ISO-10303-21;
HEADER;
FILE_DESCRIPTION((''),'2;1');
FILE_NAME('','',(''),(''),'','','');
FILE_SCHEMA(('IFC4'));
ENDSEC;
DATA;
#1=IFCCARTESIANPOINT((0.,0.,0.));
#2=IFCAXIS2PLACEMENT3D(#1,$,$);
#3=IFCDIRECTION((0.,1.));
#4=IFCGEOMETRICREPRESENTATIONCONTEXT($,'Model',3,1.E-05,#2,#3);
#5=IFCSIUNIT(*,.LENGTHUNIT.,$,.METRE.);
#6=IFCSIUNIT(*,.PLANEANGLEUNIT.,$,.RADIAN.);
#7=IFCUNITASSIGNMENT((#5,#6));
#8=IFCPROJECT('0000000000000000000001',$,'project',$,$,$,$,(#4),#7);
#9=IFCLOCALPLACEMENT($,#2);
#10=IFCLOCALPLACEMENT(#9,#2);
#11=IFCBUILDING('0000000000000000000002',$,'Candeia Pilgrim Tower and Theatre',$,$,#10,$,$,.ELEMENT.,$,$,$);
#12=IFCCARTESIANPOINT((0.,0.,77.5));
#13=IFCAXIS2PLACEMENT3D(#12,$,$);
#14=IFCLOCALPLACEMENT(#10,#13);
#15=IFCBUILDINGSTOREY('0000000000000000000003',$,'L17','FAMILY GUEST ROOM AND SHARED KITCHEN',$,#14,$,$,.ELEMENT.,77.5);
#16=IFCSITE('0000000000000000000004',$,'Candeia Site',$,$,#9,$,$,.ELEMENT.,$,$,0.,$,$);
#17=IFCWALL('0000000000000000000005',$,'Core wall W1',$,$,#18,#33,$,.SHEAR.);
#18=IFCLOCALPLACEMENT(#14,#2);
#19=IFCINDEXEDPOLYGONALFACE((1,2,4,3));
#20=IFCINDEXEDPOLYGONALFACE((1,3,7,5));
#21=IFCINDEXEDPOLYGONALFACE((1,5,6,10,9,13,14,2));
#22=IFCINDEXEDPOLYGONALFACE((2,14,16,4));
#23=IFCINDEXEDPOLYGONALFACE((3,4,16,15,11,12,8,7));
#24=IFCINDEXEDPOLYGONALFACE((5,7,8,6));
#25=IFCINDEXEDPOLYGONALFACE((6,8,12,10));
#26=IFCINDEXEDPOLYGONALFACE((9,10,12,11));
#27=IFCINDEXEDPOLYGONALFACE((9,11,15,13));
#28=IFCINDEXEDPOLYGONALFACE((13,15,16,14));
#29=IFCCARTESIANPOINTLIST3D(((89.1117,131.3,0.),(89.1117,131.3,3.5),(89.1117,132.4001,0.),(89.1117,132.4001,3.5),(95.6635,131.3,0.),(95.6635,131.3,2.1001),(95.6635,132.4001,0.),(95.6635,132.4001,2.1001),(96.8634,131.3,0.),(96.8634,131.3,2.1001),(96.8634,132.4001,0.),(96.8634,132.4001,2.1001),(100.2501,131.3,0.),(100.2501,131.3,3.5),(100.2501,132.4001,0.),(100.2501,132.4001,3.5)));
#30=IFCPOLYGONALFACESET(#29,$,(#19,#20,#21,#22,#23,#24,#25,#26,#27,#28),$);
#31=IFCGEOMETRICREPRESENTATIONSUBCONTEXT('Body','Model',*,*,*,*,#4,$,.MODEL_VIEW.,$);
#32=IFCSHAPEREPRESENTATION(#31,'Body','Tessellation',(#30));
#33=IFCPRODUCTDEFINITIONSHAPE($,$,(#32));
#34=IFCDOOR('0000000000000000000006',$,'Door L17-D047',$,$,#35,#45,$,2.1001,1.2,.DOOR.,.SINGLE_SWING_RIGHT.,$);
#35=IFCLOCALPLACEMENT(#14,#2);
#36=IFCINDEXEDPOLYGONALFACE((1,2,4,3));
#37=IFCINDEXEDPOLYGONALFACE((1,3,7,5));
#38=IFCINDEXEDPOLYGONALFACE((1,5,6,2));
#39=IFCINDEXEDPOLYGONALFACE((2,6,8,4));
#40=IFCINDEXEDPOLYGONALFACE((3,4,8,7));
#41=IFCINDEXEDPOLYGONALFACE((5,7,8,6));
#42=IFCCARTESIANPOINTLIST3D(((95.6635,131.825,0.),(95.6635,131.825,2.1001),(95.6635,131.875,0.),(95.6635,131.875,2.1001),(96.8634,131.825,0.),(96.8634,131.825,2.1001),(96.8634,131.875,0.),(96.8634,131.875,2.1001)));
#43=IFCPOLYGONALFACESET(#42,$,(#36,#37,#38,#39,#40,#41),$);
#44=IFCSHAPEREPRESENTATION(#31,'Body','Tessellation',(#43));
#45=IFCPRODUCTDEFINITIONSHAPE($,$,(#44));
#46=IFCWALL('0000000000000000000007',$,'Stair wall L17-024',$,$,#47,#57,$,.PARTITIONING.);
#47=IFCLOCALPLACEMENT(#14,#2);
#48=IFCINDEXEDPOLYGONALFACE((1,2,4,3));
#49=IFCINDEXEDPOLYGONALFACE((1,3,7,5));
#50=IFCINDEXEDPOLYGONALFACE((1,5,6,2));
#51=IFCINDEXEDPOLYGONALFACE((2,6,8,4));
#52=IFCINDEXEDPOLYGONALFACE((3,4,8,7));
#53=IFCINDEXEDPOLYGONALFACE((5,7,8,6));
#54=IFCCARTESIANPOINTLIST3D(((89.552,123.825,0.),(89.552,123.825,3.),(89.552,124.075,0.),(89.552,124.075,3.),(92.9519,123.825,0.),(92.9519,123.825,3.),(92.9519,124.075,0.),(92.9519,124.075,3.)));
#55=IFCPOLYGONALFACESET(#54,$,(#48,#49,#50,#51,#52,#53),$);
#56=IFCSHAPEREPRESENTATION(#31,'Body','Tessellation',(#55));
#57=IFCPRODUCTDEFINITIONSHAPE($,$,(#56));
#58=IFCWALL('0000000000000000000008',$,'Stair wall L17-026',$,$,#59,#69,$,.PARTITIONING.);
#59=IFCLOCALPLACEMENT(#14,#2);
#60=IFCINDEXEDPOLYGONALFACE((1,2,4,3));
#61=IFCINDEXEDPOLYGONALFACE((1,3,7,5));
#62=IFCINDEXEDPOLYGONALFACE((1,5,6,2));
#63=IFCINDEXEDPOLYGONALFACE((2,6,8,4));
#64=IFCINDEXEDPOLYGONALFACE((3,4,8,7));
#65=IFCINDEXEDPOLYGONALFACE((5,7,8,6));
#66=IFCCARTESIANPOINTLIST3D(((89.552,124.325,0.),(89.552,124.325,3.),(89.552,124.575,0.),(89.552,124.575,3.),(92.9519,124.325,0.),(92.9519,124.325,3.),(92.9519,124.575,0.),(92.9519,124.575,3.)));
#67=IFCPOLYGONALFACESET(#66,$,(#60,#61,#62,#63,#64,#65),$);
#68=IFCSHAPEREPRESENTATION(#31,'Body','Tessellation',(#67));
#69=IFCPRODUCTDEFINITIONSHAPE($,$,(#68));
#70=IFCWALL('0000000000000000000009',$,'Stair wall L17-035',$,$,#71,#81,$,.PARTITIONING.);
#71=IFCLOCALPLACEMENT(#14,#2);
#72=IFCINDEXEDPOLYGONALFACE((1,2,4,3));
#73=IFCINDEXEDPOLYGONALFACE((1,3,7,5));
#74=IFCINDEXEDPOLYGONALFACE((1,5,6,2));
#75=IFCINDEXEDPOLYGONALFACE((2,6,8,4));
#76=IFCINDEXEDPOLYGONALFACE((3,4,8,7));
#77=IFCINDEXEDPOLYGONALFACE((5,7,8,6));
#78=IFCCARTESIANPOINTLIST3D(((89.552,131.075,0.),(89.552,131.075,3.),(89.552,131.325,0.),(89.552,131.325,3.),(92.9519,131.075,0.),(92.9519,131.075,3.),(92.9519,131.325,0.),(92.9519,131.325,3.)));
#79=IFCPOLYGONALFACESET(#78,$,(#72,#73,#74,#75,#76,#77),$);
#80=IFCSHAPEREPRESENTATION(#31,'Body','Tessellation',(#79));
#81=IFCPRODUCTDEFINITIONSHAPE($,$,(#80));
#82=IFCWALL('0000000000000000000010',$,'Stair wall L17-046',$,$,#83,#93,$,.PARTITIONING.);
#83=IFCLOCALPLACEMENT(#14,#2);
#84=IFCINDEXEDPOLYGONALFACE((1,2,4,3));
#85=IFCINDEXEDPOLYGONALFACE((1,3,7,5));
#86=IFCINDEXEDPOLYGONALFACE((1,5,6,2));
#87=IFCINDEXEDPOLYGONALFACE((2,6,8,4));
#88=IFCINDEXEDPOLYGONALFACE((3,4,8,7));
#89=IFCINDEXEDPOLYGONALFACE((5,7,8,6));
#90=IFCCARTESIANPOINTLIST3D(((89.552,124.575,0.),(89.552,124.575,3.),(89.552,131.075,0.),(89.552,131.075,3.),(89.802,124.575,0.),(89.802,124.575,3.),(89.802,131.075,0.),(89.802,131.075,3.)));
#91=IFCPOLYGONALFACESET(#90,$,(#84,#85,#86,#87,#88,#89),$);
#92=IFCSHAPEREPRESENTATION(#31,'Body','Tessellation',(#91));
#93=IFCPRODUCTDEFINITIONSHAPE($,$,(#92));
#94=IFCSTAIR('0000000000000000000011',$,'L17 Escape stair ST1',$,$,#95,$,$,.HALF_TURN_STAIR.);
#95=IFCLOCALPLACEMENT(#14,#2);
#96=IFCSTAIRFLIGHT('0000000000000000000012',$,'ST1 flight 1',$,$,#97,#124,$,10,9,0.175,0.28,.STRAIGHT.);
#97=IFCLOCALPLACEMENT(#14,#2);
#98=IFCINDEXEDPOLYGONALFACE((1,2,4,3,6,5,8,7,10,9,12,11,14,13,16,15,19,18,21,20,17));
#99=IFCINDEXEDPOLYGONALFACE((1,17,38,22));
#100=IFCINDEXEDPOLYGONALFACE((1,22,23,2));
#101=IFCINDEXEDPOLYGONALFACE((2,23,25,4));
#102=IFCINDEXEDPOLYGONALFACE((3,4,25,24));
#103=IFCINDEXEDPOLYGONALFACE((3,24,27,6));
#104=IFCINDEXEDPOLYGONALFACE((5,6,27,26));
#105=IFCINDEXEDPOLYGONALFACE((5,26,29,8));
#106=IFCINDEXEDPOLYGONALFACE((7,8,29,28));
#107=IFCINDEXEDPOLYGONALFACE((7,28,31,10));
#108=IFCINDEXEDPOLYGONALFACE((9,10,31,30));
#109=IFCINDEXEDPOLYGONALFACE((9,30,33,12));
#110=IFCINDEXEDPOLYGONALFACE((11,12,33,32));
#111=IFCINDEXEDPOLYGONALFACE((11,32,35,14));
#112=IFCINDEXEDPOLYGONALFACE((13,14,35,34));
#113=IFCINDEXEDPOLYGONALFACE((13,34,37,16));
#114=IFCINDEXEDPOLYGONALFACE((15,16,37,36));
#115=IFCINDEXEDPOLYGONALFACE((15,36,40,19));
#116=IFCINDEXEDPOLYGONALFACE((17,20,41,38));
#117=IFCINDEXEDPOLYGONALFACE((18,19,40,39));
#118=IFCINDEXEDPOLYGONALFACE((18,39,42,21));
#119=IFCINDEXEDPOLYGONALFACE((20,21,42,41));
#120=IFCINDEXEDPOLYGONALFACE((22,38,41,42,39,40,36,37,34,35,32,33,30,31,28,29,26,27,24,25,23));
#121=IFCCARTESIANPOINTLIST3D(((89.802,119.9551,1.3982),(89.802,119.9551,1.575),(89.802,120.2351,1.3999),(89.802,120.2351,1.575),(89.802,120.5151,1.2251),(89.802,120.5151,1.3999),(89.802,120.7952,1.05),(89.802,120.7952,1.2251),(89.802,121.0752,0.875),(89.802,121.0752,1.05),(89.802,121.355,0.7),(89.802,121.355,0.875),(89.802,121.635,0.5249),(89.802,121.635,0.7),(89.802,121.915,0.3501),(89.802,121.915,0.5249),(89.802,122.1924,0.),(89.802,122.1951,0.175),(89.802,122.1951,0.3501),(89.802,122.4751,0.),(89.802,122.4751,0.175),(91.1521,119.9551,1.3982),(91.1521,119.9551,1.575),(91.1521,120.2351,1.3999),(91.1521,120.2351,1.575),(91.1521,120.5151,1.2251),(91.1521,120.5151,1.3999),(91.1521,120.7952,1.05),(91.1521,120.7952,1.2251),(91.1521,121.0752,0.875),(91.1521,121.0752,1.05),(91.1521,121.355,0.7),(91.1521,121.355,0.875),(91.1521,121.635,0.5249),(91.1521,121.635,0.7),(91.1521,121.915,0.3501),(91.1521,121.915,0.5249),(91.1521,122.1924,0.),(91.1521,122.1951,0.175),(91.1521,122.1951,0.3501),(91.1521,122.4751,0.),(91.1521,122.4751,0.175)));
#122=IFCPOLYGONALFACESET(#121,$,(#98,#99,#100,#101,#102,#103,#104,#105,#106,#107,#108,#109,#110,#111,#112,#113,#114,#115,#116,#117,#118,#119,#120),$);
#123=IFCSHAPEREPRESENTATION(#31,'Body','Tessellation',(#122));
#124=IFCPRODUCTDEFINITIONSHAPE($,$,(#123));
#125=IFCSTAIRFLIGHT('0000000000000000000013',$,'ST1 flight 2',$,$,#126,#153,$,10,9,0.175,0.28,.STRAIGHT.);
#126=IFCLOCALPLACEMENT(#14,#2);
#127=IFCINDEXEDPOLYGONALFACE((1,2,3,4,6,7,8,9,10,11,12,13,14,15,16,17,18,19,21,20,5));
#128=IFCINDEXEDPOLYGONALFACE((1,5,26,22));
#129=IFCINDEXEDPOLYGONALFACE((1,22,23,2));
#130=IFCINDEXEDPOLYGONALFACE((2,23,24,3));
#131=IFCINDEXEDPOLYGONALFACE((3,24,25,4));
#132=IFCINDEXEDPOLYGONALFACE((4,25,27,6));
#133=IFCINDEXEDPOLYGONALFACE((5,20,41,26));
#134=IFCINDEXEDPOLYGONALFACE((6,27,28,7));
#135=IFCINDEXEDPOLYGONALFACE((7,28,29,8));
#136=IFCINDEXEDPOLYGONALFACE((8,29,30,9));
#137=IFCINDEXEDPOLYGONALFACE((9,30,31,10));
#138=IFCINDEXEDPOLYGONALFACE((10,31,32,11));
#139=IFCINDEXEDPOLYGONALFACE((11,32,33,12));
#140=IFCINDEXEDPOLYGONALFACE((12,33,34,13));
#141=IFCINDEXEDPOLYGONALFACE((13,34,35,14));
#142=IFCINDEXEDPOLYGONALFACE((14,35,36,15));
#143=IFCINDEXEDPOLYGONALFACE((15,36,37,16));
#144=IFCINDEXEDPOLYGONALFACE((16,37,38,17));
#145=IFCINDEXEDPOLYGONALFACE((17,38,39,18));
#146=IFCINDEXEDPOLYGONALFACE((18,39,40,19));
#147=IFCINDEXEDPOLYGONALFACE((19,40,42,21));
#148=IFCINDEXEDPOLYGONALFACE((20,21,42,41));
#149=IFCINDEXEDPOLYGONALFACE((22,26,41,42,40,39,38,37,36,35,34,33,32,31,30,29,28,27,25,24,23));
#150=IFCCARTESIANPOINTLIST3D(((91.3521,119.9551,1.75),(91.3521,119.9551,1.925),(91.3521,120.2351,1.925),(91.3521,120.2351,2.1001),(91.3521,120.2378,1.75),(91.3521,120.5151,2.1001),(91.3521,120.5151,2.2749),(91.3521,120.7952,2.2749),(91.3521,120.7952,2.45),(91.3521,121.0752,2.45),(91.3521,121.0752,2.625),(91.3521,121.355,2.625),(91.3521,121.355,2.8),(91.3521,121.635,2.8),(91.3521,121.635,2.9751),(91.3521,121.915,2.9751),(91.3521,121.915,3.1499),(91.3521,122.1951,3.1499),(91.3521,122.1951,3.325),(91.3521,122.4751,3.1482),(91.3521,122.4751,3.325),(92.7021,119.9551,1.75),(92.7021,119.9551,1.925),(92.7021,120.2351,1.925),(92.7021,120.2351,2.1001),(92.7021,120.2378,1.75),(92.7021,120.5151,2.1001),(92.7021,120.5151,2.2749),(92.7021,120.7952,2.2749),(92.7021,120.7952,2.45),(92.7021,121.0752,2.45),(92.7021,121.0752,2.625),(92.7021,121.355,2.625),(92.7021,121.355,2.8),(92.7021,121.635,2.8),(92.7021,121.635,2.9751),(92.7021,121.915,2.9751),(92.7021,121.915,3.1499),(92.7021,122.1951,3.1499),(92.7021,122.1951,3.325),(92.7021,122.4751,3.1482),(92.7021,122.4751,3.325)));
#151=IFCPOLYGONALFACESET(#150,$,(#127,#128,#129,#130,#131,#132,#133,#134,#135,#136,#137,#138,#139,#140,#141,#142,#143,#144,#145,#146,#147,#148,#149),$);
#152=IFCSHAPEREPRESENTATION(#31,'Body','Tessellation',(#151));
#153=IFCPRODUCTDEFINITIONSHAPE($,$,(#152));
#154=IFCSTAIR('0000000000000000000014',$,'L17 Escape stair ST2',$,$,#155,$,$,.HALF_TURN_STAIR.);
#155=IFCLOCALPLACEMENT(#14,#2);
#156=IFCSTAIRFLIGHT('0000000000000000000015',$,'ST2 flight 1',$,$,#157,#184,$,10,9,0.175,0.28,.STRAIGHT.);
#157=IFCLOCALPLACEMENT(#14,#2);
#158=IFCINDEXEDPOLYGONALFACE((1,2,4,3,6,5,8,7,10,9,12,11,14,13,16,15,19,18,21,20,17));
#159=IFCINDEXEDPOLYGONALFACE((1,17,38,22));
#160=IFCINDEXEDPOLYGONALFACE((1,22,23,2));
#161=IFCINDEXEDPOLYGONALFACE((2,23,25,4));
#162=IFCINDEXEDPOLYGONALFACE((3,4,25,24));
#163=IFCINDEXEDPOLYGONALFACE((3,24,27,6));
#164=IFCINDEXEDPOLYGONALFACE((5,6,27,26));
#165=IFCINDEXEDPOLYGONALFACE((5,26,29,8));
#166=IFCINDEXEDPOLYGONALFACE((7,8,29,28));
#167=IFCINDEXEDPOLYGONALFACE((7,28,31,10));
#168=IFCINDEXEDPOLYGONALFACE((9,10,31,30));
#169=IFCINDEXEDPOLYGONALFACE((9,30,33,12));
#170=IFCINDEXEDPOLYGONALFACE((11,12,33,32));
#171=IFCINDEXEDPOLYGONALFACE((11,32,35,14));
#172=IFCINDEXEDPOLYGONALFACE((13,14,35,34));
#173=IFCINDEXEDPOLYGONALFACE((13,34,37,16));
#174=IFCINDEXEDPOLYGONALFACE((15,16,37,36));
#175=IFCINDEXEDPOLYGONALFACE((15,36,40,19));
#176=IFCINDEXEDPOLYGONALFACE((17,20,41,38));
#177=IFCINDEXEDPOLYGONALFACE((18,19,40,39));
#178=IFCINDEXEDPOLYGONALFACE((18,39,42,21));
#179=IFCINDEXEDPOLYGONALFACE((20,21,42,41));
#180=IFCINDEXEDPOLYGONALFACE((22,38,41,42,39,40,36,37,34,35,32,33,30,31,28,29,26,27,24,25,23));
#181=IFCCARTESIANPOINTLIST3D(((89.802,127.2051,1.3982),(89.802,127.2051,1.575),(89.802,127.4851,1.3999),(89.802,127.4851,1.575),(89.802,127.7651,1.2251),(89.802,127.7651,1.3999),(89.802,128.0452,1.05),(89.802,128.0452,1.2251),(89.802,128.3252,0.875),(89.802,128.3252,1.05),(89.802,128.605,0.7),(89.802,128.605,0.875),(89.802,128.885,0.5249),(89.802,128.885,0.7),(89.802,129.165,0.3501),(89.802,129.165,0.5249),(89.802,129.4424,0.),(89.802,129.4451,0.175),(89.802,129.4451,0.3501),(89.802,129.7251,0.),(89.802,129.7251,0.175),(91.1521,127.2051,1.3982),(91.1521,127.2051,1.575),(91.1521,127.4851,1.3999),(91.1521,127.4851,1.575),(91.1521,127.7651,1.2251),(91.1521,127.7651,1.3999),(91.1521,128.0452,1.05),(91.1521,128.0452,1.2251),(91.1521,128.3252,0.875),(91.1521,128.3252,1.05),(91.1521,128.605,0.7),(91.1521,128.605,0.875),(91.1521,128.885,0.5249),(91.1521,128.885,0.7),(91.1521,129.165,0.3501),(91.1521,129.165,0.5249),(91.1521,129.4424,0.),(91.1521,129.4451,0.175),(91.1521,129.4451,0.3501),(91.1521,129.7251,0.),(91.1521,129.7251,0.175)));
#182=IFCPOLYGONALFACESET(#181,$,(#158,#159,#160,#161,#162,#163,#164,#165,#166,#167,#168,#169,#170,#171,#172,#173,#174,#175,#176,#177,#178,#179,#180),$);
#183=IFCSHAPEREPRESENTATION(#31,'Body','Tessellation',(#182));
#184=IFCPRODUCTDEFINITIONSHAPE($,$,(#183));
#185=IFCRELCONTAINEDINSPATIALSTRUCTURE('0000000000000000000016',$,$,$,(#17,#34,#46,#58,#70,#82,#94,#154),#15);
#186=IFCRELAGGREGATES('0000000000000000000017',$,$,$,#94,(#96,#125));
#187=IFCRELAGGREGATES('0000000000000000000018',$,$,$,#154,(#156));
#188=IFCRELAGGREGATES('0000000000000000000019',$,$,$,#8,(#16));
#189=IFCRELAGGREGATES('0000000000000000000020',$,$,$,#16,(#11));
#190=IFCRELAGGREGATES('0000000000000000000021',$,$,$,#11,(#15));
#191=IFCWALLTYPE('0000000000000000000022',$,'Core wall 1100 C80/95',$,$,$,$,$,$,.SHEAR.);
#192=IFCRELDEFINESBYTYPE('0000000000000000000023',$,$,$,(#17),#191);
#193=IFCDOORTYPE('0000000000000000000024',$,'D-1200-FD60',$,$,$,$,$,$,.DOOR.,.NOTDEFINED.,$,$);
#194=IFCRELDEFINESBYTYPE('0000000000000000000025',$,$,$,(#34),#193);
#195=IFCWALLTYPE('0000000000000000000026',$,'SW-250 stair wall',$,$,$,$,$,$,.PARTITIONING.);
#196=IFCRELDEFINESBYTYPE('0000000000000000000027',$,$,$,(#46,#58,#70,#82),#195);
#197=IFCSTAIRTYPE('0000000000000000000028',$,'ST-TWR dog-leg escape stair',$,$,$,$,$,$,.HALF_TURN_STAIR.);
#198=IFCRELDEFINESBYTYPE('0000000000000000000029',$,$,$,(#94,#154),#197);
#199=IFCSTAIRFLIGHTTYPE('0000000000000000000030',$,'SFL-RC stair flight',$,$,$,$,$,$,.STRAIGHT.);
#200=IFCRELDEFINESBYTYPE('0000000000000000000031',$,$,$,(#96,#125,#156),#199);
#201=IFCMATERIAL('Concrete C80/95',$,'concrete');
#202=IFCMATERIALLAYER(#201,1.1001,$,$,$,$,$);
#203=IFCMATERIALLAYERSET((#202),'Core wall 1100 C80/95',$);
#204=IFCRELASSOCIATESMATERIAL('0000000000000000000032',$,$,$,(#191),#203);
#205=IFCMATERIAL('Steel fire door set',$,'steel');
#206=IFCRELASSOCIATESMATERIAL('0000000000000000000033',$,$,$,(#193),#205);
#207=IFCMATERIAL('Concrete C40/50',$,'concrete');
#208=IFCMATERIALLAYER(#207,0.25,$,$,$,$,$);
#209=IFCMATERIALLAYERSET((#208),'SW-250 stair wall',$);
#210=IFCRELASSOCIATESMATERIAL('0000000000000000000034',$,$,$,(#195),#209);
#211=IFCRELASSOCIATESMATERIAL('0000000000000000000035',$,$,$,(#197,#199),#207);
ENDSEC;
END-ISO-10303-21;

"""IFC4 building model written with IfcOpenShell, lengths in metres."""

from ifc_helpers import new_model, si_unit, direction, frame, frame_2d, origin, place, context, subcontext, project, spatial, polyline, rectangle, outline, extrude, material, layer, layer_set, type_object, element, fill, aggregate, save


model = new_model("IFC4")

# Units and contexts
model_context = context("Model", 3, precision=1e-05, world=origin(), true_north=direction((0.0, 1.0)))
body_context = subcontext(model_context, "Body", "Model", "MODEL_VIEW")
ifc_project = project(units=[si_unit("LENGTHUNIT", "METRE"), si_unit("PLANEANGLEUNIT", "RADIAN")], contexts=[model_context])

# Site, building, storey
site_placement = place(None, origin())
site = spatial("IfcSite", under=ifc_project, at=site_placement, Name="Candeia Site", CompositionType="ELEMENT", RefElevation=0.0)
building_placement = place(site_placement, origin())
building = spatial("IfcBuilding", under=site, at=building_placement, Name="Candeia Pilgrim Tower and Theatre", CompositionType="ELEMENT")
storey_placement = place(building_placement, frame((0.0, 0.0, 77.5)))
storey = spatial("IfcBuildingStorey", under=building, at=storey_placement, Name="L17", Description="FAMILY GUEST ROOM AND SHARED KITCHEN", CompositionType="ELEMENT", Elevation=77.5)

# Wall, opening, door
ifc_material_1 = material(Name="Concrete C80/95", Category="concrete")
ifc_layer_1 = layer(ifc_material_1, 1.1001)
ifc_layer_set_1 = layer_set([ifc_layer_1], Name="Core wall 1100 C80/95")
wall_type_1 = type_object("IfcWallType", Name="Core wall 1100 C80/95", PredefinedType="SHEAR", material=ifc_layer_set_1)
wall_1_placement = place(storey_placement, frame((89.1116, 131.8501, 0.0), z_axis=(0.0, 0.0, 1.0), x_axis=(1.0, 0.0, 0.0)))
wall_1 = element("IfcWall", 1, at=wall_1_placement, inside=storey, type_object=wall_type_1, Name="Core wall W1", PredefinedType="SHEAR", context=body_context, shape_type="SweptSolid", body=[
    extrude(rectangle(XDim=11.1384, YDim=1.1001, at=frame_2d((5.5693, 0.0))), origin(), (0.0, 0.0, 1.0), 3.5),
])
opening_placement = place(wall_1_placement, frame((6.5518, 0.0, 0.0)))
opening = element("IfcOpeningElement", 2, at=opening_placement, cuts=wall_1, PredefinedType="OPENING", context=body_context, shape_type="SweptSolid", body=[
    extrude(rectangle(XDim=1.2, YDim=2.1001, at=frame_2d((0.6001, 1.05))), frame((0.0, 0.5601, 0.0), z_axis=(0.0, -1.0, 0.0), x_axis=(1.0, 0.0, 0.0)), (0.0, 0.0, 1.0), 1.1201),
])
ifc_material_2 = material(Name="Steel fire door set", Category="steel")
door_type = type_object("IfcDoorType", Name="D-1200-FD60", OperationType="NOTDEFINED", PredefinedType="DOOR", material=ifc_material_2)
door_placement = place(opening_placement, origin())
door = element("IfcDoor", 3, at=door_placement, inside=storey, type_object=door_type, Name="Door L17-D047", OperationType="SINGLE_SWING_RIGHT", OverallHeight=2.1001, OverallWidth=1.2, PredefinedType="DOOR", context=body_context, shape_type="SweptSolid", body=[
    extrude(rectangle(XDim=1.2, YDim=2.1001, at=frame_2d((0.6001, 1.05))), frame((0.0, 0.0249, 0.0), z_axis=(0.0, -1.0, 0.0), x_axis=(1.0, 0.0, 0.0)), (0.0, 0.0, 1.0), 0.05),
])
fill(opening, door)

# Walls
ifc_material_3 = material(Name="Concrete C40/50", Category="concrete")
ifc_layer_2 = layer(ifc_material_3, 0.25)
ifc_layer_set_2 = layer_set([ifc_layer_2], Name="SW-250 stair wall")
wall_type_2 = type_object("IfcWallType", Name="SW-250 stair wall", PredefinedType="PARTITIONING", material=ifc_layer_set_2)
for number, where, z_axis, x_axis, name in (
    (4, (89.552, 123.95, 0.0), (0.0, 0.0, 1.0), (1.0, 0.0, 0.0), "Stair wall L17-024"),
    (5, (89.552, 124.45, 0.0), (0.0, 0.0, 1.0), (1.0, 0.0, 0.0), "Stair wall L17-026"),
    (6, (89.552, 131.2, 0.0), (0.0, 0.0, 1.0), (1.0, 0.0, 0.0), "Stair wall L17-035"),
):
    element("IfcWall", number, at=place(storey_placement, frame(where, z_axis=z_axis, x_axis=x_axis)), inside=storey, type_object=wall_type_2, Name=name, PredefinedType="PARTITIONING", context=body_context, shape_type="SweptSolid", body=[
        extrude(rectangle(XDim=3.3999, YDim=0.25, at=frame_2d((1.7, 0.0))), origin(), (0.0, 0.0, 1.0), 3.0),
    ])
wall_2_placement = place(storey_placement, frame((89.677, 124.575, 0.0), z_axis=(0.0, 0.0, 1.0), x_axis=(0.0, 1.0, 0.0)))
element("IfcWall", 7, at=wall_2_placement, inside=storey, type_object=wall_type_2, Name="Stair wall L17-046", PredefinedType="PARTITIONING", context=body_context, shape_type="SweptSolid", body=[
    extrude(rectangle(XDim=6.5, YDim=0.25, at=frame_2d((3.25, 0.0))), origin(), (0.0, 0.0, 1.0), 3.0),
])

# Stairs, stair flights
stair_type = type_object("IfcStairType", Name="ST-TWR dog-leg escape stair", PredefinedType="HALF_TURN_STAIR", material=ifc_material_3)
stair_1_placement = place(storey_placement, origin())
stair_1 = element("IfcStair", 8, at=stair_1_placement, inside=storey, type_object=stair_type, Name="L17 Escape stair ST1", PredefinedType="HALF_TURN_STAIR")
stair_flight_type = type_object("IfcStairFlightType", Name="SFL-RC stair flight", PredefinedType="STRAIGHT", material=ifc_material_3)
stair_flight_1_placement = place(storey_placement, frame((90.4771, 122.4751, 0.0), z_axis=(0.0, 0.0, 1.0), x_axis=(0.0, -1.0, 0.0)))
stair_flight_1 = element("IfcStairFlight", 9, at=stair_flight_1_placement, type_object=stair_flight_type, Name="ST1 flight 1", NumberOfRisers=10, NumberOfTreads=9, PredefinedType="STRAIGHT", RiserHeight=0.175, TreadLength=0.28, context=body_context, shape_type="SweptSolid", body=[
    extrude(outline(polyline([(0.0, 0.0), (0.0, 0.175), (0.28, 0.175), (0.28, 0.3501), (0.5601, 0.3501), (0.5601, 0.5249), (0.8401, 0.5249), (0.8401, 0.7), (1.1201, 0.7), (1.1201, 0.875), (1.3999, 0.875), (1.3999, 1.05), (1.6799, 1.05), (1.6799, 1.2251), (1.96, 1.2251), (1.96, 1.3999), (2.24, 1.3999), (2.24, 1.575), (2.52, 1.575), (2.52, 1.75), (2.52, 1.3982), (0.2827, 0.0), (0.0, 0.0)])), frame((0.0, 0.675, 0.0), z_axis=(0.0, -1.0, 0.0), x_axis=(1.0, 0.0, 0.0)), (0.0, 0.0, 1.0), 1.3501),
])
stair_flight_2_placement = place(storey_placement, frame((92.0271, 119.9551, 1.75), z_axis=(0.0, 0.0, 1.0), x_axis=(0.0, 1.0, 0.0)))
stair_flight_2 = element("IfcStairFlight", 10, at=stair_flight_2_placement, type_object=stair_flight_type, Name="ST1 flight 2", NumberOfRisers=10, NumberOfTreads=9, PredefinedType="STRAIGHT", RiserHeight=0.175, TreadLength=0.28, context=body_context, shape_type="SweptSolid", body=[
    extrude(outline(polyline([(0.0, 0.0), (0.0, 0.175), (0.28, 0.175), (0.28, 0.3501), (0.5601, 0.3501), (0.5601, 0.5249), (0.8401, 0.5249), (0.8401, 0.7), (1.1201, 0.7), (1.1201, 0.875), (1.3999, 0.875), (1.3999, 1.05), (1.6799, 1.05), (1.6799, 1.2251), (1.96, 1.2251), (1.96, 1.3999), (2.24, 1.3999), (2.24, 1.575), (2.52, 1.575), (2.52, 1.75), (2.52, 1.3982), (0.2827, 0.0), (0.0, 0.0)])), frame((0.0, 0.675, 0.0), z_axis=(0.0, -1.0, 0.0), x_axis=(1.0, 0.0, 0.0)), (0.0, 0.0, 1.0), 1.3501),
])
aggregate(stair_1, [stair_flight_1, stair_flight_2])
stair_2_placement = place(storey_placement, origin())
stair_2 = element("IfcStair", 11, at=stair_2_placement, inside=storey, type_object=stair_type, Name="L17 Escape stair ST2", PredefinedType="HALF_TURN_STAIR")
stair_flight_3_placement = place(storey_placement, frame((90.4771, 129.7251, 0.0), z_axis=(0.0, 0.0, 1.0), x_axis=(0.0, -1.0, 0.0)))
stair_flight_3 = element("IfcStairFlight", 12, at=stair_flight_3_placement, type_object=stair_flight_type, Name="ST2 flight 1", NumberOfRisers=10, NumberOfTreads=9, PredefinedType="STRAIGHT", RiserHeight=0.175, TreadLength=0.28, context=body_context, shape_type="SweptSolid", body=[
    extrude(outline(polyline([(0.0, 0.0), (0.0, 0.175), (0.28, 0.175), (0.28, 0.3501), (0.5601, 0.3501), (0.5601, 0.5249), (0.8401, 0.5249), (0.8401, 0.7), (1.1201, 0.7), (1.1201, 0.875), (1.3999, 0.875), (1.3999, 1.05), (1.6799, 1.05), (1.6799, 1.2251), (1.96, 1.2251), (1.96, 1.3999), (2.24, 1.3999), (2.24, 1.575), (2.52, 1.575), (2.52, 1.75), (2.52, 1.3982), (0.2827, 0.0), (0.0, 0.0)])), frame((0.0, 0.675, 0.0), z_axis=(0.0, -1.0, 0.0), x_axis=(1.0, 0.0, 0.0)), (0.0, 0.0, 1.0), 1.3501),
])
aggregate(stair_2, [stair_flight_3])

save(model, "model.ifc")
